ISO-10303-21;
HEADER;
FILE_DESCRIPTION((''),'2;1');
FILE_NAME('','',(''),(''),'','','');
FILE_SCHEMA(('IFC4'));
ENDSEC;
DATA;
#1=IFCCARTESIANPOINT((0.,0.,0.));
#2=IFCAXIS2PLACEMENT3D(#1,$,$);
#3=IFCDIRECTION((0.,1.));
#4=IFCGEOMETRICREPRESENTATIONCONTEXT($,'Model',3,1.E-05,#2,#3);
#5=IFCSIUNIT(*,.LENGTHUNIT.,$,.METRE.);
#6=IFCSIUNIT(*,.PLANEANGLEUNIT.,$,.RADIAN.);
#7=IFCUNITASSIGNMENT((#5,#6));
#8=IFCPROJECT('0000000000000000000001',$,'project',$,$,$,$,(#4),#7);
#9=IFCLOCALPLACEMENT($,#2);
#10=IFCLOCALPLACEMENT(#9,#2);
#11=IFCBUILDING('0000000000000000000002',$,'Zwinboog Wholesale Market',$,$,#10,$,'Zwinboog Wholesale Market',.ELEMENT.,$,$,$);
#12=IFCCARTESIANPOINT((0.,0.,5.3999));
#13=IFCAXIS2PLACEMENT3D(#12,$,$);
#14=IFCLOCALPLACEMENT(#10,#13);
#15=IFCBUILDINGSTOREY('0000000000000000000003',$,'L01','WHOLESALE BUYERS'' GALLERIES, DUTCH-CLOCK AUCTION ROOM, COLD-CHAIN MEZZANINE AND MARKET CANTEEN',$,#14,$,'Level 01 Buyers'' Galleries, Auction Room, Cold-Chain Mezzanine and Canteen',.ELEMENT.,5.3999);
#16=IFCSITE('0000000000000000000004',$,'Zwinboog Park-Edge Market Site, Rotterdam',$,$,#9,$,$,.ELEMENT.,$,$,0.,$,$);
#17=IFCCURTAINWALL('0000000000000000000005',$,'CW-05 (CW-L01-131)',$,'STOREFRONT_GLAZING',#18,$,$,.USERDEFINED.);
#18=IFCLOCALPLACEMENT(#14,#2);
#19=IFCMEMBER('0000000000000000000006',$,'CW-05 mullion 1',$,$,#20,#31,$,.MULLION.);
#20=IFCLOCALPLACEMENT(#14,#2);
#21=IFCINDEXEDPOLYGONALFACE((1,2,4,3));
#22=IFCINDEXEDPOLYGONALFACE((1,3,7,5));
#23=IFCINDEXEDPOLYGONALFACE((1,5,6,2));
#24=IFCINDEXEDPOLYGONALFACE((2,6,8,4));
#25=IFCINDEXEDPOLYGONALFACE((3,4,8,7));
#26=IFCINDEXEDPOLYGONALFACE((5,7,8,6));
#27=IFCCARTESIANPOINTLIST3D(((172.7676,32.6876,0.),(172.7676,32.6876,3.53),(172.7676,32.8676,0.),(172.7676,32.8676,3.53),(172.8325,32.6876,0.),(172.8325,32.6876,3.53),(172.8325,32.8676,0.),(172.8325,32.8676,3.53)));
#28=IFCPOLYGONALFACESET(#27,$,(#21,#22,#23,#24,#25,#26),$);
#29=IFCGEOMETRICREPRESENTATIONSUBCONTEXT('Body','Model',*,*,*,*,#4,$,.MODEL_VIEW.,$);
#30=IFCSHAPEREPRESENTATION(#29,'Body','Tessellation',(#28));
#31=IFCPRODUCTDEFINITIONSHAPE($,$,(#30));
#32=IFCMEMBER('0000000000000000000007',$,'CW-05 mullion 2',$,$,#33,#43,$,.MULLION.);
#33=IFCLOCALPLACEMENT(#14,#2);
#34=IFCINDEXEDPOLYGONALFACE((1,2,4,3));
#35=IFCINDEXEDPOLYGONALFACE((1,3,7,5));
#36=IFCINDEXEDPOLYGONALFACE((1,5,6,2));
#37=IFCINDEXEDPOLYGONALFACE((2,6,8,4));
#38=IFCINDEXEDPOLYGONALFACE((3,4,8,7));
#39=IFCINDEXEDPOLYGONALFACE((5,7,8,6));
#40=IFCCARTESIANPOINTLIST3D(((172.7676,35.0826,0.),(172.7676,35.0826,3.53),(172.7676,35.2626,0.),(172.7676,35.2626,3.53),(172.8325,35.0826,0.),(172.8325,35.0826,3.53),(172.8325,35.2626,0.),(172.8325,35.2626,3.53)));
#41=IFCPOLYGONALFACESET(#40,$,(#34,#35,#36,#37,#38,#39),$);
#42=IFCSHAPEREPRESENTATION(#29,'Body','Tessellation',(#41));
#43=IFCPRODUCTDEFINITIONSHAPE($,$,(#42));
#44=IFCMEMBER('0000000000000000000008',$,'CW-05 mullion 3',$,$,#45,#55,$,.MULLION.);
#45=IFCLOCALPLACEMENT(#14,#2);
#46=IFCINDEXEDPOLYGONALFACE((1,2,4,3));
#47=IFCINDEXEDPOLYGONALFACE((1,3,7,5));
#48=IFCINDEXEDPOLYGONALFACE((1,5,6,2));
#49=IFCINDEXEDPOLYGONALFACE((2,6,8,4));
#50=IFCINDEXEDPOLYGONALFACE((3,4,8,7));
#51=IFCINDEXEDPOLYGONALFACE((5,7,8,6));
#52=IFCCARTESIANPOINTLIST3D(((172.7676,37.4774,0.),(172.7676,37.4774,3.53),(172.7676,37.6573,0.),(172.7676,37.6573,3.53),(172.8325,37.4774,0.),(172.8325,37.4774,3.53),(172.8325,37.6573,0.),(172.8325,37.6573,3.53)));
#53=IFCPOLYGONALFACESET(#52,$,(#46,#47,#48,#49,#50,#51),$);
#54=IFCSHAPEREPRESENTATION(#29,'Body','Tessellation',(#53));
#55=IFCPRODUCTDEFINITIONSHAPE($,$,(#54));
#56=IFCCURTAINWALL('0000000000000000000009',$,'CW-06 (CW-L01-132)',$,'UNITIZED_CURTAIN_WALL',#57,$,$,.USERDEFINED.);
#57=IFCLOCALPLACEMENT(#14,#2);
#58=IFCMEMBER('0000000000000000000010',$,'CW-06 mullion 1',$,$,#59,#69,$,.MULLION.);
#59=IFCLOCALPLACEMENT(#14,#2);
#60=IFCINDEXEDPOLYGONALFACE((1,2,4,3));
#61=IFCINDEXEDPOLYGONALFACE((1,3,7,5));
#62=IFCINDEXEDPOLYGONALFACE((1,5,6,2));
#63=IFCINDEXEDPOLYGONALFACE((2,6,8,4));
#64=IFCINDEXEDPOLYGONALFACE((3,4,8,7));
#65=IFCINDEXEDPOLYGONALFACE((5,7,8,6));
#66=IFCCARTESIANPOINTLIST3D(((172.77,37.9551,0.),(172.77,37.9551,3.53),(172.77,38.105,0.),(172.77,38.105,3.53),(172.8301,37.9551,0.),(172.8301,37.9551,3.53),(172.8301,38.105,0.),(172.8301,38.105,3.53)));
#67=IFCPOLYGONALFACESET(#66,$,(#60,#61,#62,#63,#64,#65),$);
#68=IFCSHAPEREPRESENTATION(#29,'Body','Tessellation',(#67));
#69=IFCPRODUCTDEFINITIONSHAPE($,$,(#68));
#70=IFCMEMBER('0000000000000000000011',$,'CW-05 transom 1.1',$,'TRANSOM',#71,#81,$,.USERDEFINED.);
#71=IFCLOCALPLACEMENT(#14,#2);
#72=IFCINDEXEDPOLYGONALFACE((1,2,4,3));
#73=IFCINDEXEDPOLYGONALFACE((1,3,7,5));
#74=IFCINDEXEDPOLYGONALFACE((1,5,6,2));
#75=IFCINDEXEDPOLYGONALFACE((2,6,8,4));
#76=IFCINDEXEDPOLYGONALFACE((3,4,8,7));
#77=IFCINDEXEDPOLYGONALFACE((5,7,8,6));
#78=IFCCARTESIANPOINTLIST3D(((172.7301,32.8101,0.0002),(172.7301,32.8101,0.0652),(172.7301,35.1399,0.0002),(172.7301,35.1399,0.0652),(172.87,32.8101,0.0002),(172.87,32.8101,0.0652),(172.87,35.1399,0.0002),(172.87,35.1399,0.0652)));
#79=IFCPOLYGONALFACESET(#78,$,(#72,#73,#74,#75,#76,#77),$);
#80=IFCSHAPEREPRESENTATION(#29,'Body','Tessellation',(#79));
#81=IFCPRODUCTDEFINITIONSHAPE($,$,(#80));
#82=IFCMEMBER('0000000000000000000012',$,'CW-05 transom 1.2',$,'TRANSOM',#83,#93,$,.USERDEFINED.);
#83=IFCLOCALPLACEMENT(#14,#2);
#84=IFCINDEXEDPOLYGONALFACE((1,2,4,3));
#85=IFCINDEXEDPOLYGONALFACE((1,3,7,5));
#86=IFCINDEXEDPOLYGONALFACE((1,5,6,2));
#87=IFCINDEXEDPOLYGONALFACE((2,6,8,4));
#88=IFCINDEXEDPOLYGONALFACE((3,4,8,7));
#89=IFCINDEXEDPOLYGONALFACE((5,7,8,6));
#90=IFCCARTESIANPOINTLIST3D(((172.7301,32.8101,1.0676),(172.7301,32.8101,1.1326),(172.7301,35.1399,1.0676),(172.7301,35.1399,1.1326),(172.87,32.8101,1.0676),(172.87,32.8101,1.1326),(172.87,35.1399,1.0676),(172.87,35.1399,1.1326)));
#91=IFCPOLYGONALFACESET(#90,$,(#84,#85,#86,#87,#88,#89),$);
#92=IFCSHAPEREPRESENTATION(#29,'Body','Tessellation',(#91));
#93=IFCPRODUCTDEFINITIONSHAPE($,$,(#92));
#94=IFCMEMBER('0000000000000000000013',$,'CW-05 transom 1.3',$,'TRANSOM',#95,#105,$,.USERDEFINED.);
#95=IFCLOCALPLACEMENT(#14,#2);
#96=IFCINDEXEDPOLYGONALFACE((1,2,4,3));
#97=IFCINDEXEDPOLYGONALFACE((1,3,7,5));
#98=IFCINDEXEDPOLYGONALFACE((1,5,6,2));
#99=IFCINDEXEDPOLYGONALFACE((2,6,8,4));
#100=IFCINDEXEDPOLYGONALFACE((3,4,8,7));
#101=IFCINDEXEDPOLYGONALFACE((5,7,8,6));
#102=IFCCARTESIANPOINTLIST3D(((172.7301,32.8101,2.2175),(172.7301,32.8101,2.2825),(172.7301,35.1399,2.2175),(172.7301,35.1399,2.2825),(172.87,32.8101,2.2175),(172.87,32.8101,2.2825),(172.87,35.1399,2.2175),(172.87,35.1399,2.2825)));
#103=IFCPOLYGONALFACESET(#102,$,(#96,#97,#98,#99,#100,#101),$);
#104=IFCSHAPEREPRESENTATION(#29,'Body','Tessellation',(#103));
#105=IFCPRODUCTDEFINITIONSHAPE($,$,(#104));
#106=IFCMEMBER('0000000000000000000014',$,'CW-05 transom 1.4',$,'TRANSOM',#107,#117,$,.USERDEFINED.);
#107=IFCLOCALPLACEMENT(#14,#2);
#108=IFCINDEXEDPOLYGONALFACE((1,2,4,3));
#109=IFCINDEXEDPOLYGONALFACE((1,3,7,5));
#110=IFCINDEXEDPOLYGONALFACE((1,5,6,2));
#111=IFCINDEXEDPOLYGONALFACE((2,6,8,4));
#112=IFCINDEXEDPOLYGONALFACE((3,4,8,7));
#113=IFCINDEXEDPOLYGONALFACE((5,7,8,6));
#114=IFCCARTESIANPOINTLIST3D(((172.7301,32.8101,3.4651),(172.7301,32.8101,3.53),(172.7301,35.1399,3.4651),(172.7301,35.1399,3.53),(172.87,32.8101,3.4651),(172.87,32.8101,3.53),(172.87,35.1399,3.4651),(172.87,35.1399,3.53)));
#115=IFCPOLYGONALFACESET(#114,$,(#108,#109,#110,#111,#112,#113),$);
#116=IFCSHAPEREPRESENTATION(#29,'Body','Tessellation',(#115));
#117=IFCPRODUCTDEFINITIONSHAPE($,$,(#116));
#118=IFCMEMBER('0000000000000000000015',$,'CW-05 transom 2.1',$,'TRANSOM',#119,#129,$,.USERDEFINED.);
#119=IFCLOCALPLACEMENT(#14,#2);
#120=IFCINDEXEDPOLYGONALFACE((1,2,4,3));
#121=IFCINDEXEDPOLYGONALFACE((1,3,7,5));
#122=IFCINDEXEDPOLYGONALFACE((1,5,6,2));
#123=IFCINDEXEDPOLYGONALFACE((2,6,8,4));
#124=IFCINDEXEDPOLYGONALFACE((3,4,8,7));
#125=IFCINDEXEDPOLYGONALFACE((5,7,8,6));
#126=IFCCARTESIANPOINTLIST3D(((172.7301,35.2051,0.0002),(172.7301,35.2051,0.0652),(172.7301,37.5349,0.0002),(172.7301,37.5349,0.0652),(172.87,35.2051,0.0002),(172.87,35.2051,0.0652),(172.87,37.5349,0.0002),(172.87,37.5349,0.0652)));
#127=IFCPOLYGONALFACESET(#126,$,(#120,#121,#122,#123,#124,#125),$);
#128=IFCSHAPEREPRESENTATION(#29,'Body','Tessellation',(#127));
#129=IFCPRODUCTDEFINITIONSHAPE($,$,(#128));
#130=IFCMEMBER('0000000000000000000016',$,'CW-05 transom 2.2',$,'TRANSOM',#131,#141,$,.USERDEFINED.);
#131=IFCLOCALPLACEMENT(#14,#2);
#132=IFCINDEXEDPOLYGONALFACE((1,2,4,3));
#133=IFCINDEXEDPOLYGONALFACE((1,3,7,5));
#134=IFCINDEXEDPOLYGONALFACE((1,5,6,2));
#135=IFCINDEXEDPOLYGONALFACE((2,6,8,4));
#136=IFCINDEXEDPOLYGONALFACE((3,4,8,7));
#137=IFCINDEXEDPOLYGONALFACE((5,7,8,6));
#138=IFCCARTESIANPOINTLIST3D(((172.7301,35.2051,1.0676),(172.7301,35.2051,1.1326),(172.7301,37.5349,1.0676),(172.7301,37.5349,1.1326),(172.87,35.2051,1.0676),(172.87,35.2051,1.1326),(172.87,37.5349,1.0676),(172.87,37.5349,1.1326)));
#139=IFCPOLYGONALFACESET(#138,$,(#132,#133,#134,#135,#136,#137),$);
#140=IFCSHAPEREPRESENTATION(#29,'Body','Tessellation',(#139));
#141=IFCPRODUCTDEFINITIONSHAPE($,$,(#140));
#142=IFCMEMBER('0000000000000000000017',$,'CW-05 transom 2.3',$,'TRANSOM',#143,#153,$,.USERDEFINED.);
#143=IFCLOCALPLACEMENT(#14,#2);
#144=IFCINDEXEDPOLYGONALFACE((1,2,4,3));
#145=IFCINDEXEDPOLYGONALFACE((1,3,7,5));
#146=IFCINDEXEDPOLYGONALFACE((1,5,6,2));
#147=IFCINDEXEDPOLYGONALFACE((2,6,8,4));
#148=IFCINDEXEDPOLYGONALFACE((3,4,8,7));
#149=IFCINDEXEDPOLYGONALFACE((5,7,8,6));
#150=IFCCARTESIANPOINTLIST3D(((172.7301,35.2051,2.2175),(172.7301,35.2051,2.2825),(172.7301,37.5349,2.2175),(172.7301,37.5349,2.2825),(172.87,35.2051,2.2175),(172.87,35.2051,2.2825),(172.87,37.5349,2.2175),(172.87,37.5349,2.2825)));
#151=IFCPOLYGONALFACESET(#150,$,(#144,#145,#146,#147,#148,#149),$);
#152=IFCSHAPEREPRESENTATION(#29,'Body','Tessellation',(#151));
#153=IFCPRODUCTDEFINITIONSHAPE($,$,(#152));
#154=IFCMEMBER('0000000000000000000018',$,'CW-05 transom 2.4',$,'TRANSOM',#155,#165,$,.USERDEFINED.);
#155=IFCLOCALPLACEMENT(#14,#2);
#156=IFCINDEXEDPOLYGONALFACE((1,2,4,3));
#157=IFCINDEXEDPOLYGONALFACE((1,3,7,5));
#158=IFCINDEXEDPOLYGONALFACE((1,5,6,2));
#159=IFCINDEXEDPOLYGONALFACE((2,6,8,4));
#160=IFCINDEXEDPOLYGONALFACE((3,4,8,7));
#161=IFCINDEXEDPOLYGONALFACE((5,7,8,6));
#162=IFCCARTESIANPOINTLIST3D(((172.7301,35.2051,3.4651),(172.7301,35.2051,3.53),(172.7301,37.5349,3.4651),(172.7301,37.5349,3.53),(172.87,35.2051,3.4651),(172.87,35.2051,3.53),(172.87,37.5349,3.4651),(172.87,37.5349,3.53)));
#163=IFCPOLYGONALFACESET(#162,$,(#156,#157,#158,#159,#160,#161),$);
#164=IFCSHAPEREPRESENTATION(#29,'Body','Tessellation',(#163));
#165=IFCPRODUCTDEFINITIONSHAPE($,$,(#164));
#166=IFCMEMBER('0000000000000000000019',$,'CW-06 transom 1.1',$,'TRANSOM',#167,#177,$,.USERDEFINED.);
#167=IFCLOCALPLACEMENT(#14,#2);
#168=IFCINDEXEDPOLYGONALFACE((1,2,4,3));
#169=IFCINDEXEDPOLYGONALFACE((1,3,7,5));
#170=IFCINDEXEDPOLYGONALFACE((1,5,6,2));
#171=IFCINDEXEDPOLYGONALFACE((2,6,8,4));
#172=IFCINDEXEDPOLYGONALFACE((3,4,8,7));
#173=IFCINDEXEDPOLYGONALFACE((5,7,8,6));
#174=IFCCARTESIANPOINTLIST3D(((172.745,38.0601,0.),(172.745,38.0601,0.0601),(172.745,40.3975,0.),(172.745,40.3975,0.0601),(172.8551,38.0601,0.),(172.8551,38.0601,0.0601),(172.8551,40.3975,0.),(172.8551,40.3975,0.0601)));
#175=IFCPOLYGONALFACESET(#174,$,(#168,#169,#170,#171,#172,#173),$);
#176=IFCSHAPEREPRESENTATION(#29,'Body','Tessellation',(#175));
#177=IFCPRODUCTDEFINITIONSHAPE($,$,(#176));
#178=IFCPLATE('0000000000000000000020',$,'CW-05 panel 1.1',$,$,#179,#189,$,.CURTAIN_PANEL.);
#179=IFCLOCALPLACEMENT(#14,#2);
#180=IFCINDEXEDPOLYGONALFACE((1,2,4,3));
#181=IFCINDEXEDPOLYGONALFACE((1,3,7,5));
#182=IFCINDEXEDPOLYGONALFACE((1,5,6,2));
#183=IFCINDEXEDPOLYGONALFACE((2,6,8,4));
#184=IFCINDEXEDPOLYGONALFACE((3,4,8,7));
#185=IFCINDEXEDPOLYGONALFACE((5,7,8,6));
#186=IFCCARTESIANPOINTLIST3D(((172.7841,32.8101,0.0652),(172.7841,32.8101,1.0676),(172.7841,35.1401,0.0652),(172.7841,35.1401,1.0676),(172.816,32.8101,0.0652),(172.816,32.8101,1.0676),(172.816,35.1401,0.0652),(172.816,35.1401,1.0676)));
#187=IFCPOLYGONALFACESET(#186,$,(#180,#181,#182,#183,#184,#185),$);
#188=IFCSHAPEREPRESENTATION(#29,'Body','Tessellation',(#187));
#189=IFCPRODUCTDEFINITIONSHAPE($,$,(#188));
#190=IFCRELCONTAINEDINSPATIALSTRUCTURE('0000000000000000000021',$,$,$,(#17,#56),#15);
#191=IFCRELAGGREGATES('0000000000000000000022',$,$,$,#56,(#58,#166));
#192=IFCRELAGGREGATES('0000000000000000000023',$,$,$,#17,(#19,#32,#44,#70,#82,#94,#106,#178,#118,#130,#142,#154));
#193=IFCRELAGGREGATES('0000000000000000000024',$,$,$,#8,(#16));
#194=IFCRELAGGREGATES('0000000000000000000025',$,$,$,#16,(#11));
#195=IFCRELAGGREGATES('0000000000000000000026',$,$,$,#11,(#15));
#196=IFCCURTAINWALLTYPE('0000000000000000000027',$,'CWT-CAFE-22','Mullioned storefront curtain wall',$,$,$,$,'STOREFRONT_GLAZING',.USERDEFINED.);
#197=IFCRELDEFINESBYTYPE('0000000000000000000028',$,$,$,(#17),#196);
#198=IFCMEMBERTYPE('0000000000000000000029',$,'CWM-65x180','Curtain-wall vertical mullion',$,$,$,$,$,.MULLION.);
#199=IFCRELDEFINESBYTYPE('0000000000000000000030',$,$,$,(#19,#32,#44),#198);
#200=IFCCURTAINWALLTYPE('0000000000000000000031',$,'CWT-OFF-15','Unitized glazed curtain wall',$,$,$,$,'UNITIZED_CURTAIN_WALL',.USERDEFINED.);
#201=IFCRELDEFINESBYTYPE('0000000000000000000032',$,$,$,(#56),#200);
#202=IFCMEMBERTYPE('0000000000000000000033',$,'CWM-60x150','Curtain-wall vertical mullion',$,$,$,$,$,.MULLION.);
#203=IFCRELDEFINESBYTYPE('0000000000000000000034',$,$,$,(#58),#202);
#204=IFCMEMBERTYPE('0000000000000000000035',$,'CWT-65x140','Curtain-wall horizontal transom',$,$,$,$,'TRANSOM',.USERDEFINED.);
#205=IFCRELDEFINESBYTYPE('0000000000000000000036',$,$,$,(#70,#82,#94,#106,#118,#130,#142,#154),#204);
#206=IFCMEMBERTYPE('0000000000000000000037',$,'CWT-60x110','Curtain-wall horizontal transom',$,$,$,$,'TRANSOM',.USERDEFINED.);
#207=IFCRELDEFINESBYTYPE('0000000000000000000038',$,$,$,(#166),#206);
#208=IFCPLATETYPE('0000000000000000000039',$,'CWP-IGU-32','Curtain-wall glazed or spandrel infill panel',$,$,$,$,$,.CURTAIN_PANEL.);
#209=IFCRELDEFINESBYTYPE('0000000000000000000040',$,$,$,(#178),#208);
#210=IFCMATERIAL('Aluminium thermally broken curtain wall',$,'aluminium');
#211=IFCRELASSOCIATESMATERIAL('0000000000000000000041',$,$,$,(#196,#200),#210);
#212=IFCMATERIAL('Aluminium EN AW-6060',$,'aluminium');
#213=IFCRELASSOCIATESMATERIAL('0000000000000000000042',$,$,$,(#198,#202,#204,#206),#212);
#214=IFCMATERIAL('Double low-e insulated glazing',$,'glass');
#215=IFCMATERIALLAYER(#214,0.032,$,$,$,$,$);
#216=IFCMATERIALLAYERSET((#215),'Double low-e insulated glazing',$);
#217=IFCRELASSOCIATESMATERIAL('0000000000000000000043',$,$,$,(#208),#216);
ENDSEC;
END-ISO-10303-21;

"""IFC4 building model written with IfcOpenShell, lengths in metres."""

from ifc_helpers import new_model, si_unit, direction, frame, origin, origin_2d, place, context, subcontext, project, spatial, rectangle, extrude, material, layer, layer_set, material_profile, profile_set, type_object, element, aggregate, save


model = new_model("IFC4")

# Units and contexts
model_context = context("Model", 3, precision=1e-05, world=origin(), true_north=direction((0.0, 1.0)))
body_context = subcontext(model_context, "Body", "Model", "MODEL_VIEW")
ifc_project = project(units=[si_unit("LENGTHUNIT", "METRE"), si_unit("PLANEANGLEUNIT", "RADIAN")], contexts=[model_context])

# Site, building, storey
site_placement = place(None, origin())
site = spatial("IfcSite", under=ifc_project, at=site_placement, Name="Zwinboog Park-Edge Market Site, Rotterdam", CompositionType="ELEMENT", RefElevation=0.0)
building_placement = place(site_placement, origin())
building = spatial("IfcBuilding", under=site, at=building_placement, Name="Zwinboog Wholesale Market", LongName="Zwinboog Wholesale Market", CompositionType="ELEMENT")
storey_placement = place(building_placement, frame((0.0, 0.0, 5.3999)))
storey = spatial("IfcBuildingStorey", under=building, at=storey_placement, Name="L01", Description="WHOLESALE BUYERS' GALLERIES, DUTCH-CLOCK AUCTION ROOM, COLD-CHAIN MEZZANINE AND MARKET CANTEEN", LongName="Level 01 Buyers' Galleries, Auction Room, Cold-Chain Mezzanine and Canteen", CompositionType="ELEMENT", Elevation=5.3999)

# Curtain wall, members
ifc_material_1 = material(Name="Aluminium thermally broken curtain wall", Category="aluminium")
curtain_wall_type_1 = type_object("IfcCurtainWallType", Name="CWT-CAFE-22", Description="Mullioned storefront curtain wall", ElementType="STOREFRONT_GLAZING", PredefinedType="USERDEFINED", material=ifc_material_1)
curtain_wall_1_placement = place(storey_placement, origin())
curtain_wall_1 = element("IfcCurtainWall", 1, at=curtain_wall_1_placement, inside=storey, type_object=curtain_wall_type_1, Name="CW-05 (CW-L01-131)", ObjectType="STOREFRONT_GLAZING", PredefinedType="USERDEFINED")
ifc_material_2 = material(Name="Aluminium EN AW-6060", Category="aluminium")
ifc_material_profile_1 = material_profile(ifc_material_2, rectangle(XDim=0.0649, YDim=0.1799, at=origin_2d()), Name="AL 65x180")
ifc_profile_set_1 = profile_set([ifc_material_profile_1], Name="Aluminium EN AW-6060")
member_type_1 = type_object("IfcMemberType", Name="CWM-65x180", Description="Curtain-wall vertical mullion", PredefinedType="MULLION", material=ifc_profile_set_1)
member_1_placement = place(storey_placement, frame((172.8, 32.7776, 0.0), z_axis=(0.0, 0.0, 1.0), x_axis=(-1.0, 0.0, 0.0)))
member_1 = element("IfcMember", 2, at=member_1_placement, type_object=member_type_1, Name="CW-05 mullion 1", PredefinedType="MULLION", context=body_context, shape_type="SweptSolid", body=[
    extrude(rectangle(XDim=0.0649, YDim=0.1799, at=origin_2d()), origin(), (0.0, 0.0, 1.0), 3.53),
])
member_2_placement = place(storey_placement, frame((172.8, 35.1726, 0.0), z_axis=(0.0, 0.0, 1.0), x_axis=(-1.0, 0.0, 0.0)))
member_2 = element("IfcMember", 3, at=member_2_placement, type_object=member_type_1, Name="CW-05 mullion 2", PredefinedType="MULLION", context=body_context, shape_type="SweptSolid", body=[
    extrude(rectangle(XDim=0.0649, YDim=0.1799, at=origin_2d()), origin(), (0.0, 0.0, 1.0), 3.53),
])
member_3_placement = place(storey_placement, frame((172.8, 37.5674, 0.0), z_axis=(0.0, 0.0, 1.0), x_axis=(-1.0, 0.0, 0.0)))
member_3 = element("IfcMember", 4, at=member_3_placement, type_object=member_type_1, Name="CW-05 mullion 3", PredefinedType="MULLION", context=body_context, shape_type="SweptSolid", body=[
    extrude(rectangle(XDim=0.0649, YDim=0.1799, at=origin_2d()), origin(), (0.0, 0.0, 1.0), 3.53),
])

# Curtain wall, member
curtain_wall_type_2 = type_object("IfcCurtainWallType", Name="CWT-OFF-15", Description="Unitized glazed curtain wall", ElementType="UNITIZED_CURTAIN_WALL", PredefinedType="USERDEFINED", material=ifc_material_1)
curtain_wall_2_placement = place(storey_placement, origin())
curtain_wall_2 = element("IfcCurtainWall", 5, at=curtain_wall_2_placement, inside=storey, type_object=curtain_wall_type_2, Name="CW-06 (CW-L01-132)", ObjectType="UNITIZED_CURTAIN_WALL", PredefinedType="USERDEFINED")
ifc_material_profile_2 = material_profile(ifc_material_2, rectangle(XDim=0.0601, YDim=0.1499, at=origin_2d()), Name="AL 60x150")
ifc_profile_set_2 = profile_set([ifc_material_profile_2], Name="Aluminium EN AW-6060")
member_type_2 = type_object("IfcMemberType", Name="CWM-60x150", Description="Curtain-wall vertical mullion", PredefinedType="MULLION", material=ifc_profile_set_2)
member_4_placement = place(storey_placement, frame((172.8, 38.03, 0.0), z_axis=(0.0, 0.0, 1.0), x_axis=(-1.0, 0.0, 0.0)))
member_4 = element("IfcMember", 6, at=member_4_placement, type_object=member_type_2, Name="CW-06 mullion 1", PredefinedType="MULLION", context=body_context, shape_type="SweptSolid", body=[
    extrude(rectangle(XDim=0.0601, YDim=0.1499, at=origin_2d()), origin(), (0.0, 0.0, 1.0), 3.53),
])

# Members
ifc_material_profile_3 = material_profile(ifc_material_2, rectangle(XDim=0.1399, YDim=0.0649, at=origin_2d()), Name="AL 65x140")
ifc_profile_set_3 = profile_set([ifc_material_profile_3], Name="Aluminium EN AW-6060")
member_type_3 = type_object("IfcMemberType", Name="CWT-65x140", Description="Curtain-wall horizontal transom", ElementType="TRANSOM", PredefinedType="USERDEFINED", material=ifc_profile_set_3)
member_5_placement = place(storey_placement, frame((172.8, 32.8101, 0.0327), z_axis=(0.0, 1.0, 0.0), x_axis=(-1.0, 0.0, 0.0)))
member_5 = element("IfcMember", 7, at=member_5_placement, type_object=member_type_3, Name="CW-05 transom 1.1", ObjectType="TRANSOM", PredefinedType="USERDEFINED", context=body_context, shape_type="SweptSolid", body=[
    extrude(rectangle(XDim=0.1399, YDim=0.0649, at=origin_2d()), origin(), (0.0, 0.0, 1.0), 2.3298),
])
member_6_placement = place(storey_placement, frame((172.8, 32.8101, 1.1001), z_axis=(0.0, 1.0, 0.0), x_axis=(-1.0, 0.0, 0.0)))
member_6 = element("IfcMember", 8, at=member_6_placement, type_object=member_type_3, Name="CW-05 transom 1.2", ObjectType="TRANSOM", PredefinedType="USERDEFINED", context=body_context, shape_type="SweptSolid", body=[
    extrude(rectangle(XDim=0.1399, YDim=0.0649, at=origin_2d()), origin(), (0.0, 0.0, 1.0), 2.3298),
])
member_7_placement = place(storey_placement, frame((172.8, 32.8101, 2.25), z_axis=(0.0, 1.0, 0.0), x_axis=(-1.0, 0.0, 0.0)))
member_7 = element("IfcMember", 9, at=member_7_placement, type_object=member_type_3, Name="CW-05 transom 1.3", ObjectType="TRANSOM", PredefinedType="USERDEFINED", context=body_context, shape_type="SweptSolid", body=[
    extrude(rectangle(XDim=0.1399, YDim=0.0649, at=origin_2d()), origin(), (0.0, 0.0, 1.0), 2.3298),
])
member_8_placement = place(storey_placement, frame((172.8, 32.8101, 3.4976), z_axis=(0.0, 1.0, 0.0), x_axis=(-1.0, 0.0, 0.0)))
member_8 = element("IfcMember", 10, at=member_8_placement, type_object=member_type_3, Name="CW-05 transom 1.4", ObjectType="TRANSOM", PredefinedType="USERDEFINED", context=body_context, shape_type="SweptSolid", body=[
    extrude(rectangle(XDim=0.1399, YDim=0.0649, at=origin_2d()), origin(), (0.0, 0.0, 1.0), 2.3298),
])
member_9_placement = place(storey_placement, frame((172.8, 35.2051, 0.0327), z_axis=(0.0, 1.0, 0.0), x_axis=(-1.0, 0.0, 0.0)))
member_9 = element("IfcMember", 11, at=member_9_placement, type_object=member_type_3, Name="CW-05 transom 2.1", ObjectType="TRANSOM", PredefinedType="USERDEFINED", context=body_context, shape_type="SweptSolid", body=[
    extrude(rectangle(XDim=0.1399, YDim=0.0649, at=origin_2d()), origin(), (0.0, 0.0, 1.0), 2.3298),
])
member_10_placement = place(storey_placement, frame((172.8, 35.2051, 1.1001), z_axis=(0.0, 1.0, 0.0), x_axis=(-1.0, 0.0, 0.0)))
member_10 = element("IfcMember", 12, at=member_10_placement, type_object=member_type_3, Name="CW-05 transom 2.2", ObjectType="TRANSOM", PredefinedType="USERDEFINED", context=body_context, shape_type="SweptSolid", body=[
    extrude(rectangle(XDim=0.1399, YDim=0.0649, at=origin_2d()), origin(), (0.0, 0.0, 1.0), 2.3298),
])
member_11_placement = place(storey_placement, frame((172.8, 35.2051, 2.25), z_axis=(0.0, 1.0, 0.0), x_axis=(-1.0, 0.0, 0.0)))
member_11 = element("IfcMember", 13, at=member_11_placement, type_object=member_type_3, Name="CW-05 transom 2.3", ObjectType="TRANSOM", PredefinedType="USERDEFINED", context=body_context, shape_type="SweptSolid", body=[
    extrude(rectangle(XDim=0.1399, YDim=0.0649, at=origin_2d()), origin(), (0.0, 0.0, 1.0), 2.3298),
])
member_12_placement = place(storey_placement, frame((172.8, 35.2051, 3.4976), z_axis=(0.0, 1.0, 0.0), x_axis=(-1.0, 0.0, 0.0)))
member_12 = element("IfcMember", 14, at=member_12_placement, type_object=member_type_3, Name="CW-05 transom 2.4", ObjectType="TRANSOM", PredefinedType="USERDEFINED", context=body_context, shape_type="SweptSolid", body=[
    extrude(rectangle(XDim=0.1399, YDim=0.0649, at=origin_2d()), origin(), (0.0, 0.0, 1.0), 2.3298),
])
ifc_material_profile_4 = material_profile(ifc_material_2, rectangle(XDim=0.1101, YDim=0.0601, at=origin_2d()), Name="AL 60x110")
ifc_profile_set_4 = profile_set([ifc_material_profile_4], Name="Aluminium EN AW-6060")
member_type_4 = type_object("IfcMemberType", Name="CWT-60x110", Description="Curtain-wall horizontal transom", ElementType="TRANSOM", PredefinedType="USERDEFINED", material=ifc_profile_set_4)
member_13_placement = place(storey_placement, frame((172.8, 38.0601, 0.03), z_axis=(0.0, 1.0, 0.0), x_axis=(-1.0, 0.0, 0.0)))
member_13 = element("IfcMember", 15, at=member_13_placement, type_object=member_type_4, Name="CW-06 transom 1.1", ObjectType="TRANSOM", PredefinedType="USERDEFINED", context=body_context, shape_type="SweptSolid", body=[
    extrude(rectangle(XDim=0.1101, YDim=0.0601, at=origin_2d()), origin(), (0.0, 0.0, 1.0), 2.3374),
])
aggregate(curtain_wall_2, [member_4, member_13])

# Plate
ifc_material_3 = material(Name="Double low-e insulated glazing", Category="glass")
ifc_layer_1 = layer(ifc_material_3, 0.032)
ifc_layer_set_1 = layer_set([ifc_layer_1], Name="Double low-e insulated glazing")
plate_type = type_object("IfcPlateType", Name="CWP-IGU-32", Description="Curtain-wall glazed or spandrel infill panel", PredefinedType="CURTAIN_PANEL", material=ifc_layer_set_1)
plate_1_placement = place(storey_placement, frame((172.8, 33.9751, 0.0652), z_axis=(0.0, 0.0, 1.0), x_axis=(0.0, 1.0, 0.0)))
plate_1 = element("IfcPlate", 16, at=plate_1_placement, type_object=plate_type, Name="CW-05 panel 1.1", PredefinedType="CURTAIN_PANEL", context=body_context, shape_type="SweptSolid", body=[
    extrude(rectangle(XDim=2.3301, YDim=0.032, at=origin_2d()), origin(), (0.0, 0.0, 1.0), 1.0024),
])
aggregate(curtain_wall_1, [member_1, member_2, member_3, member_5, member_6, member_7, member_8, plate_1, member_9, member_10, member_11, member_12])

save(model, "model.ifc")
